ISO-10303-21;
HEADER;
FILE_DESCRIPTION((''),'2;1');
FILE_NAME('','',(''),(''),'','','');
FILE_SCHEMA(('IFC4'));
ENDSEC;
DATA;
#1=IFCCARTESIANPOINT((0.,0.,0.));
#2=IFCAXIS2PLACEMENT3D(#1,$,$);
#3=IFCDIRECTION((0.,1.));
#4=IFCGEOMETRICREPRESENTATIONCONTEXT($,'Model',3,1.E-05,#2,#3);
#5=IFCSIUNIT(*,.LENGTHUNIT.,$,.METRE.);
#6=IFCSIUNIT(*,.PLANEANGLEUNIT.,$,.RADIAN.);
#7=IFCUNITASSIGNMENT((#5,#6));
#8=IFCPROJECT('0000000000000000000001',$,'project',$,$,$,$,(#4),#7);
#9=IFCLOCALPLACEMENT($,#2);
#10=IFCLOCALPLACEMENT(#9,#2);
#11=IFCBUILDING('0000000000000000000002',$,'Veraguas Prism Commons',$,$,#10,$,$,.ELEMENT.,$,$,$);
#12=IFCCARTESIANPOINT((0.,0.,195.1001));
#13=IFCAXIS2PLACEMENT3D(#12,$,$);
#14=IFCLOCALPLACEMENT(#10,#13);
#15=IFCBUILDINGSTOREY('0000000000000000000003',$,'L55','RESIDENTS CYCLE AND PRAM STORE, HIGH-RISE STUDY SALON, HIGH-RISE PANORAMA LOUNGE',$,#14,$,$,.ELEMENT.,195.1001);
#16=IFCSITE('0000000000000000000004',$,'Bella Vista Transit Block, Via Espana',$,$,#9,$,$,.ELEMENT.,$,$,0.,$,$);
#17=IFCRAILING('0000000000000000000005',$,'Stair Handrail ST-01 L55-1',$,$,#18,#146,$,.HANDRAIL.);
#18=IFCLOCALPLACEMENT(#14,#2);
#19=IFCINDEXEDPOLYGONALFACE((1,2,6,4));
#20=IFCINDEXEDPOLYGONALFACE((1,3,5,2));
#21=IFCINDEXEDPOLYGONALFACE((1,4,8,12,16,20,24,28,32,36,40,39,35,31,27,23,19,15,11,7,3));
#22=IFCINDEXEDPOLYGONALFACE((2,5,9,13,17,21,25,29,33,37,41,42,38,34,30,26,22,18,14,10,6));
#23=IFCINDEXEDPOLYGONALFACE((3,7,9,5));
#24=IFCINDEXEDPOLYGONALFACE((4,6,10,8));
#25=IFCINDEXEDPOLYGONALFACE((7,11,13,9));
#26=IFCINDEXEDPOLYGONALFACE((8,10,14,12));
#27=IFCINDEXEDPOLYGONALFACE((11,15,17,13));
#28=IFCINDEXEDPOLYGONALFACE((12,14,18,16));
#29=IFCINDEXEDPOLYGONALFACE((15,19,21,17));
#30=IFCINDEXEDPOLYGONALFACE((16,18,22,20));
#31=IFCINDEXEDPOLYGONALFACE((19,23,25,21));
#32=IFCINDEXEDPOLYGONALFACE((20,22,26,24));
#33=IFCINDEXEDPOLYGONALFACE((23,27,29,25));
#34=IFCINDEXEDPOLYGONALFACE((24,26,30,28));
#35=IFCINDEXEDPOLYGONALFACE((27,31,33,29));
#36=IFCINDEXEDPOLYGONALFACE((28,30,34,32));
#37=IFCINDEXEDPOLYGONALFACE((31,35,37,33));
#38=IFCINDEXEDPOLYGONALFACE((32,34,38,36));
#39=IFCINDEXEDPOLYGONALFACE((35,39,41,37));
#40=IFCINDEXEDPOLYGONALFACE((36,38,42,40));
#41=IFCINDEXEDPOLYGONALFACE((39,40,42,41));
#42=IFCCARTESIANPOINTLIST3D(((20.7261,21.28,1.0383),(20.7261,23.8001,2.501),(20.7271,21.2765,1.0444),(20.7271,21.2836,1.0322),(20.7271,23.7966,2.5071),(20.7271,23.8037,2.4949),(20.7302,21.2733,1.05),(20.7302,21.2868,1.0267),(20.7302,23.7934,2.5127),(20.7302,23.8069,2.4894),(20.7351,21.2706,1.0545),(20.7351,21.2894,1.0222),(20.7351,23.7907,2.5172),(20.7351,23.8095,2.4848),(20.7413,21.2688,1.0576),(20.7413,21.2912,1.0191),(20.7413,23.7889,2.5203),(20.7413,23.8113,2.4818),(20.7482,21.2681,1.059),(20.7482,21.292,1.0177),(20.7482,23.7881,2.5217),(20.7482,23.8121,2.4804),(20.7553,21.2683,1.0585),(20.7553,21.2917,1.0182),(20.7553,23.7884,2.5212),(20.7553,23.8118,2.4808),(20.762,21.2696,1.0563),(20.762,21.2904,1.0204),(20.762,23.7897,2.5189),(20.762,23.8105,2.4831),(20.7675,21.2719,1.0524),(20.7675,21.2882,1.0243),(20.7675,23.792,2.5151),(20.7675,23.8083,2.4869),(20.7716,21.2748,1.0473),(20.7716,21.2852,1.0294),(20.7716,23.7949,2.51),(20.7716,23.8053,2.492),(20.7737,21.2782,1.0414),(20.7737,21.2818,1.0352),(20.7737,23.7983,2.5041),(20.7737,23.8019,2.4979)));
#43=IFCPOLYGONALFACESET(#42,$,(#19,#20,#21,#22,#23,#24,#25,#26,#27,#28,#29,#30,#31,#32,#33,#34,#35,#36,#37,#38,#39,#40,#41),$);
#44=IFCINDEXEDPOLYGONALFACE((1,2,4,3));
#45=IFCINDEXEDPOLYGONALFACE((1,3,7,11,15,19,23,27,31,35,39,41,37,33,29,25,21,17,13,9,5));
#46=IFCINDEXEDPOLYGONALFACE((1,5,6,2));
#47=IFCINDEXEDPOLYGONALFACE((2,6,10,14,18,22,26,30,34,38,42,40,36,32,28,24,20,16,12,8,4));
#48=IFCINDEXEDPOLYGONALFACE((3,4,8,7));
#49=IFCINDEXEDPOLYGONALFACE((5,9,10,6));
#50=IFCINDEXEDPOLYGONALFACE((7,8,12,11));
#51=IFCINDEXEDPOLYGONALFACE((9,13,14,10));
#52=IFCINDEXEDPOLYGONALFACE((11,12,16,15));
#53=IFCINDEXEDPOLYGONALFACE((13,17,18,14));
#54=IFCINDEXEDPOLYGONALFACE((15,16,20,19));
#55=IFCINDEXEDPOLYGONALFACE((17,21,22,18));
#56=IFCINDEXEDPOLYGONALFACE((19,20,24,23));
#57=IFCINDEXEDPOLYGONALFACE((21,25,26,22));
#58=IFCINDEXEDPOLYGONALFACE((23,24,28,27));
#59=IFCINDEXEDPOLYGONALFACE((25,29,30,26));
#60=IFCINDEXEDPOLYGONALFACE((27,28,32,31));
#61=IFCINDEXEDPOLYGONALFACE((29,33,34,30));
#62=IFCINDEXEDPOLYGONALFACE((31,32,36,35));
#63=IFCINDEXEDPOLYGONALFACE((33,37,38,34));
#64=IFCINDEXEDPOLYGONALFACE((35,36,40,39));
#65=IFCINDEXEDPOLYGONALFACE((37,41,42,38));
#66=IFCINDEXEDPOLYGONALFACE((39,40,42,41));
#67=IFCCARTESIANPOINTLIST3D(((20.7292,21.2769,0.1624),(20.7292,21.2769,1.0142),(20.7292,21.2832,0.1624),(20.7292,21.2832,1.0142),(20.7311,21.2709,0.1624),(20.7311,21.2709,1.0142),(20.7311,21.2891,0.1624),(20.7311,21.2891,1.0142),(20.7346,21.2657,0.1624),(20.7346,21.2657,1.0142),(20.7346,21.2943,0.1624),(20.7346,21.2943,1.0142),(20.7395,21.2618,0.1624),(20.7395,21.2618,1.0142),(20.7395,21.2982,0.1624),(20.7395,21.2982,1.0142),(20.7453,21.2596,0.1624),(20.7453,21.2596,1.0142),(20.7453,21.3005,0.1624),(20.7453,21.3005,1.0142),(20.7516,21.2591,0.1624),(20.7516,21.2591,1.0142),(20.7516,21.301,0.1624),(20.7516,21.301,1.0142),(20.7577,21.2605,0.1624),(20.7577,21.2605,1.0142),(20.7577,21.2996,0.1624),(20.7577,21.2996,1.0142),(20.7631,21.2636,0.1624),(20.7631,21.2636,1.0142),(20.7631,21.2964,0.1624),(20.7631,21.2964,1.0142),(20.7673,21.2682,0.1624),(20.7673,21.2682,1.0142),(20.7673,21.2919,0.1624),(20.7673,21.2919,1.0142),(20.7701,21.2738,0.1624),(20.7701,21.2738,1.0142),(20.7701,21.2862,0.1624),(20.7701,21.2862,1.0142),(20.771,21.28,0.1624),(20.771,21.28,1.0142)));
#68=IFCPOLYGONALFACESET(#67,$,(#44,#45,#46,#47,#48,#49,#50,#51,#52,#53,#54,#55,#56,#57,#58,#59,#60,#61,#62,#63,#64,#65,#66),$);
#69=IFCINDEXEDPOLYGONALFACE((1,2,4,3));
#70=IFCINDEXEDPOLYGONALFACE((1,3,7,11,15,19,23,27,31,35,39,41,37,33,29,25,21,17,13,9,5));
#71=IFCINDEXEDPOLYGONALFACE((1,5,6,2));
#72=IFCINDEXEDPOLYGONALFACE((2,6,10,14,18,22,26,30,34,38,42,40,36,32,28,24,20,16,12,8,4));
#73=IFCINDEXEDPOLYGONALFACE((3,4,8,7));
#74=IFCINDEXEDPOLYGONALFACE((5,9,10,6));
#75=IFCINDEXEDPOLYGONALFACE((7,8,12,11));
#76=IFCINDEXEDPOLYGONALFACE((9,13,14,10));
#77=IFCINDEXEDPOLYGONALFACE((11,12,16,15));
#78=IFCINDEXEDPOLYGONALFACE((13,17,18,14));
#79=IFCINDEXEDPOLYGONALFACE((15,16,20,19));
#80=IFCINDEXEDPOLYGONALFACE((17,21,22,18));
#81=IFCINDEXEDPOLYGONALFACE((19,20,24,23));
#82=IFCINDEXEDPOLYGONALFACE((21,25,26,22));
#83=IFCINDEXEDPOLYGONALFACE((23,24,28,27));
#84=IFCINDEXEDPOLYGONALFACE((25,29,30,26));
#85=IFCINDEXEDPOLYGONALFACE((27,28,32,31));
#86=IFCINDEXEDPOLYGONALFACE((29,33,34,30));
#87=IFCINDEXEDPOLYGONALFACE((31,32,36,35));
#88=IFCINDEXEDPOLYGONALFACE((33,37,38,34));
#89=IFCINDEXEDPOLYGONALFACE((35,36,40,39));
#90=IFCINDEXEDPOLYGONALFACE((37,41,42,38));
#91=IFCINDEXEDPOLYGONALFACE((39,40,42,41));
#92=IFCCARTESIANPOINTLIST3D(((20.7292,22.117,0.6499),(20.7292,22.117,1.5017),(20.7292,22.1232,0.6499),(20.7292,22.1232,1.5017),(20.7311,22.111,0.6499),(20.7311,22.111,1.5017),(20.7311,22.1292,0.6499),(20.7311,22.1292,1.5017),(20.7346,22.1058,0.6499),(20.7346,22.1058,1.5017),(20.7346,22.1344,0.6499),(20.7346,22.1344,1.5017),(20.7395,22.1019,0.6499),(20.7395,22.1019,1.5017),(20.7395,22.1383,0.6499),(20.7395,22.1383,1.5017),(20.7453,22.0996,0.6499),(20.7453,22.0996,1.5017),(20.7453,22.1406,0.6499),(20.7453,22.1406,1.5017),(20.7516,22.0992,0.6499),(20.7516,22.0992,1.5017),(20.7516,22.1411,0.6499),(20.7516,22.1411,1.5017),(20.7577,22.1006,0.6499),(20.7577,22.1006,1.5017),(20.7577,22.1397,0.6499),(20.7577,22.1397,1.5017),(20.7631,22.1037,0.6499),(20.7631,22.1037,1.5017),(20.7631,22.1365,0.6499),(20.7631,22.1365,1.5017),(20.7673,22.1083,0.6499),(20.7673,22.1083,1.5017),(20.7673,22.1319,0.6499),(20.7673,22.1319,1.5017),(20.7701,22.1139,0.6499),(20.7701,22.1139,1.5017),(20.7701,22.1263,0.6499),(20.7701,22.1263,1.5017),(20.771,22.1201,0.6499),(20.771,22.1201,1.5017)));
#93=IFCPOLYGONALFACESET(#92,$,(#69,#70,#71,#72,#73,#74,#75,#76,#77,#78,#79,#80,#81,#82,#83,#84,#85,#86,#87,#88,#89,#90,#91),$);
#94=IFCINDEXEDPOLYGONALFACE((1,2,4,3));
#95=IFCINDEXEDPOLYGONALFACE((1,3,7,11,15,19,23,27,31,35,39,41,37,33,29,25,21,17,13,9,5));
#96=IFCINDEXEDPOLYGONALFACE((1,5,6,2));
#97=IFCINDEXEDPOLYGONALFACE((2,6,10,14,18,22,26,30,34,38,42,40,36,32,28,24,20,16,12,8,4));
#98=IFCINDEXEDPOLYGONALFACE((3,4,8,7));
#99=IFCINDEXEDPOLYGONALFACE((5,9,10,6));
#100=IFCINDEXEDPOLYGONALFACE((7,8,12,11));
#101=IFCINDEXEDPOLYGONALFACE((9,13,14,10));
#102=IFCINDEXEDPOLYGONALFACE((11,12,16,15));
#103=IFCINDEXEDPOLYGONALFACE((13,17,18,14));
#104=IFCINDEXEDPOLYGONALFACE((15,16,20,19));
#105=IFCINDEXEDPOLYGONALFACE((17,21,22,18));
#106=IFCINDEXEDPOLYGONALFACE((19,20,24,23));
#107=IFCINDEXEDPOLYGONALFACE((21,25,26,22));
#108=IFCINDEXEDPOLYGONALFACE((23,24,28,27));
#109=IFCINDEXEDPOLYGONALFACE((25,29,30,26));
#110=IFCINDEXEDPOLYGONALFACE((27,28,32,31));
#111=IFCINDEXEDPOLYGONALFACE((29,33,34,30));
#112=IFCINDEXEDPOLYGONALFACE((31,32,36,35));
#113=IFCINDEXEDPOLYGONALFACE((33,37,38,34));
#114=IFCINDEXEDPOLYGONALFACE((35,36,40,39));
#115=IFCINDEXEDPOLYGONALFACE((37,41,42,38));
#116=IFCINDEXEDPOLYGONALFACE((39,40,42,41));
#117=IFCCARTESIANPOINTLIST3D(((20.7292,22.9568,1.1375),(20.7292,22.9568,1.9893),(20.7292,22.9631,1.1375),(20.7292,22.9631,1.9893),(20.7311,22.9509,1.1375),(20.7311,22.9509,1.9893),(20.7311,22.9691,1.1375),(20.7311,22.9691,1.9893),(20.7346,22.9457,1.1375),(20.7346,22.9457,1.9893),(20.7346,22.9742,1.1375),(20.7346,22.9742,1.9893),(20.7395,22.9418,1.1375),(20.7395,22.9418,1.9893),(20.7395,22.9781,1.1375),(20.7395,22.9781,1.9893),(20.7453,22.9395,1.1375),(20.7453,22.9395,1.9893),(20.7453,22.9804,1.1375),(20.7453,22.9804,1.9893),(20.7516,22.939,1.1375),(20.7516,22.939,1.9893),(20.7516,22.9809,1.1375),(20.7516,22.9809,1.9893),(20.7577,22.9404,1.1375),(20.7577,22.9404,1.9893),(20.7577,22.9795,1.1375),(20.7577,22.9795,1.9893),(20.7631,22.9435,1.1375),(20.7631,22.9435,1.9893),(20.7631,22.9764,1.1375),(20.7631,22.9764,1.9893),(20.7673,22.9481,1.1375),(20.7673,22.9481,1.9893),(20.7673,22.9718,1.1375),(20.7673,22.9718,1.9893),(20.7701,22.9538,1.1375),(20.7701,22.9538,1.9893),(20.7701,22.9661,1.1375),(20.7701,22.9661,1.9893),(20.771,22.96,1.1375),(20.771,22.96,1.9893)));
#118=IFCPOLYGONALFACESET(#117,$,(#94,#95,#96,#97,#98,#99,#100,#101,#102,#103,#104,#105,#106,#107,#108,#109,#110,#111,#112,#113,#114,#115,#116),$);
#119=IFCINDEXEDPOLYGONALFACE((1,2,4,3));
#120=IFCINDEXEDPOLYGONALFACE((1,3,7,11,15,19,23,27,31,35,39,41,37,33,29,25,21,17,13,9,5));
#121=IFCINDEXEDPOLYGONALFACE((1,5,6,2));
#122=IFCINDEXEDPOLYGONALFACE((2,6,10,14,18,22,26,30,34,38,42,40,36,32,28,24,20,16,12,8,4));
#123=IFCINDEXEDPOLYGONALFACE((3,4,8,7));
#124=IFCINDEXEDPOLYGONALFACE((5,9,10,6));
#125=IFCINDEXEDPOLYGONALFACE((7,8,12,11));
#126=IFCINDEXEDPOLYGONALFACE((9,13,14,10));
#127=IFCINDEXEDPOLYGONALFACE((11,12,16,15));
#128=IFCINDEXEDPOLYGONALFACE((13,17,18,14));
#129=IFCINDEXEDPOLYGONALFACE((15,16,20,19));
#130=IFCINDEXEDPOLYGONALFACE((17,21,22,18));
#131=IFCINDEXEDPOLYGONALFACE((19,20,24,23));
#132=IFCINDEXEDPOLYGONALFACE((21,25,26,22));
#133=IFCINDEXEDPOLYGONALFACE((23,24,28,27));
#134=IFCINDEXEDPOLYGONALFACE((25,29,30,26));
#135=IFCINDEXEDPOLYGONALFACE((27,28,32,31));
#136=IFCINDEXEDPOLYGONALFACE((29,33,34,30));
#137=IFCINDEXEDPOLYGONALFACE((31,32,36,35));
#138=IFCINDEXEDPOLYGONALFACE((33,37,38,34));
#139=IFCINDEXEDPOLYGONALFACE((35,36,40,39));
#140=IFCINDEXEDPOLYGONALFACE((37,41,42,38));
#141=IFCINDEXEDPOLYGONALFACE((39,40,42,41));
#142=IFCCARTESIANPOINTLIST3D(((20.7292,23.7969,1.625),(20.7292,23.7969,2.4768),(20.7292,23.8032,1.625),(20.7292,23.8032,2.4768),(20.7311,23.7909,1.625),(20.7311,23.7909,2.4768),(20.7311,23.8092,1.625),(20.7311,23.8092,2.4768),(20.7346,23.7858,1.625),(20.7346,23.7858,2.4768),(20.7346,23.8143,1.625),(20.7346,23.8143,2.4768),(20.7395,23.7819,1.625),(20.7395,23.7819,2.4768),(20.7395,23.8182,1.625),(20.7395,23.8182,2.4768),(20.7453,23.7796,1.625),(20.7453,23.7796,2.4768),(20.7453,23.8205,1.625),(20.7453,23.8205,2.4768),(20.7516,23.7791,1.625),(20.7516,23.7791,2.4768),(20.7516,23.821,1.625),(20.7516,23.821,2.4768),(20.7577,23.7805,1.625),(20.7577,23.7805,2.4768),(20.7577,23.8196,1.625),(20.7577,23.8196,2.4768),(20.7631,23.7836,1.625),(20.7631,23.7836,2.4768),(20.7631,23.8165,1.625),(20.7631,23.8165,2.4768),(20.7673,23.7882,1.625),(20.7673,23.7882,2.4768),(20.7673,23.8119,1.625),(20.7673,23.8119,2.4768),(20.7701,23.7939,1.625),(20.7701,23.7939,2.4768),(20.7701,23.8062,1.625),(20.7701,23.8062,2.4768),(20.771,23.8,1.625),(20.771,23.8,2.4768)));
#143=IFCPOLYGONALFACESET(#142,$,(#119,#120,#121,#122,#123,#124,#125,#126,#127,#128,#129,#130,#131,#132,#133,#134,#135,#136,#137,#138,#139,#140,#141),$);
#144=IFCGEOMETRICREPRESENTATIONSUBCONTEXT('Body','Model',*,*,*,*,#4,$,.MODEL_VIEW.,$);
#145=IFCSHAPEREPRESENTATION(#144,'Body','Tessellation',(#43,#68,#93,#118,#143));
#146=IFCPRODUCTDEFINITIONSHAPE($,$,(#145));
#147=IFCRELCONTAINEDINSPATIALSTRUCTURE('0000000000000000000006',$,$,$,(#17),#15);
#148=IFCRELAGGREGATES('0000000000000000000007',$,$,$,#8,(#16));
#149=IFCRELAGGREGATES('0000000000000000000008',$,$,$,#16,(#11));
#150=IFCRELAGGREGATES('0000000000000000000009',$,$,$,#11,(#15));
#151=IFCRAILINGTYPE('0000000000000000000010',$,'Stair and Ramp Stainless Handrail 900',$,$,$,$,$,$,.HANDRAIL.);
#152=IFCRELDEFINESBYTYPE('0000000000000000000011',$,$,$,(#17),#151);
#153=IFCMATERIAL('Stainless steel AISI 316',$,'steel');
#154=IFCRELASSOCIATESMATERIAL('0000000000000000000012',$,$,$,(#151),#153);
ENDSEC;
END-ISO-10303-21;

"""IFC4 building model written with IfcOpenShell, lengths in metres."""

from ifc_helpers import new_model, si_unit, direction, frame, origin, origin_2d, place, context, subcontext, project, spatial, circle, extrude, material, type_object, element, save


model = new_model("IFC4")

# Units and contexts
model_context = context("Model", 3, precision=1e-05, world=origin(), true_north=direction((0.0, 1.0)))
body_context = subcontext(model_context, "Body", "Model", "MODEL_VIEW")
ifc_project = project(units=[si_unit("LENGTHUNIT", "METRE"), si_unit("PLANEANGLEUNIT", "RADIAN")], contexts=[model_context])

# Site, building, storey
site_placement = place(None, origin())
site = spatial("IfcSite", under=ifc_project, at=site_placement, Name="Bella Vista Transit Block, Via Espana", CompositionType="ELEMENT", RefElevation=0.0)
building_placement = place(site_placement, origin())
building = spatial("IfcBuilding", under=site, at=building_placement, Name="Veraguas Prism Commons", CompositionType="ELEMENT")
storey_placement = place(building_placement, frame((0.0, 0.0, 195.1001)))
storey = spatial("IfcBuildingStorey", under=building, at=storey_placement, Name="L55", Description="RESIDENTS CYCLE AND PRAM STORE, HIGH-RISE STUDY SALON, HIGH-RISE PANORAMA LOUNGE", CompositionType="ELEMENT", Elevation=195.1001)

# Railing
ifc_material_1 = material(Name="Stainless steel AISI 316", Category="steel")
railing_type_1 = type_object("IfcRailingType", Name="Stair and Ramp Stainless Handrail 900", PredefinedType="HANDRAIL", material=ifc_material_1)
railing_1_placement = place(storey_placement, frame((20.75, 21.28, 0.1624)))
element("IfcRailing", 1, at=railing_1_placement, inside=storey, type_object=railing_type_1, Name="Stair Handrail ST-01 L55-1", PredefinedType="HANDRAIL", context=body_context, shape_type="SweptSolid", body=[
    extrude(circle(Radius=0.0239, at=origin_2d()), frame((0.0, 0.0, 0.876), z_axis=(0.0, 0.864877, 0.501984), x_axis=(-1.0, 0.0, 0.0)), (0.0, 0.0, 1.0), 2.9138),
    extrude(circle(Radius=0.021, at=origin_2d()), origin(), (0.0, 0.0, 1.0), 0.8518),
    extrude(circle(Radius=0.021, at=origin_2d()), frame((0.0, 0.8401, 0.4875)), (0.0, 0.0, 1.0), 0.8518),
    extrude(circle(Radius=0.021, at=origin_2d()), frame((0.0, 1.6799, 0.9751)), (0.0, 0.0, 1.0), 0.8518),
    extrude(circle(Radius=0.021, at=origin_2d()), frame((0.0, 2.52, 1.4626)), (0.0, 0.0, 1.0), 0.8518),
])

save(model, "model.ifc")
